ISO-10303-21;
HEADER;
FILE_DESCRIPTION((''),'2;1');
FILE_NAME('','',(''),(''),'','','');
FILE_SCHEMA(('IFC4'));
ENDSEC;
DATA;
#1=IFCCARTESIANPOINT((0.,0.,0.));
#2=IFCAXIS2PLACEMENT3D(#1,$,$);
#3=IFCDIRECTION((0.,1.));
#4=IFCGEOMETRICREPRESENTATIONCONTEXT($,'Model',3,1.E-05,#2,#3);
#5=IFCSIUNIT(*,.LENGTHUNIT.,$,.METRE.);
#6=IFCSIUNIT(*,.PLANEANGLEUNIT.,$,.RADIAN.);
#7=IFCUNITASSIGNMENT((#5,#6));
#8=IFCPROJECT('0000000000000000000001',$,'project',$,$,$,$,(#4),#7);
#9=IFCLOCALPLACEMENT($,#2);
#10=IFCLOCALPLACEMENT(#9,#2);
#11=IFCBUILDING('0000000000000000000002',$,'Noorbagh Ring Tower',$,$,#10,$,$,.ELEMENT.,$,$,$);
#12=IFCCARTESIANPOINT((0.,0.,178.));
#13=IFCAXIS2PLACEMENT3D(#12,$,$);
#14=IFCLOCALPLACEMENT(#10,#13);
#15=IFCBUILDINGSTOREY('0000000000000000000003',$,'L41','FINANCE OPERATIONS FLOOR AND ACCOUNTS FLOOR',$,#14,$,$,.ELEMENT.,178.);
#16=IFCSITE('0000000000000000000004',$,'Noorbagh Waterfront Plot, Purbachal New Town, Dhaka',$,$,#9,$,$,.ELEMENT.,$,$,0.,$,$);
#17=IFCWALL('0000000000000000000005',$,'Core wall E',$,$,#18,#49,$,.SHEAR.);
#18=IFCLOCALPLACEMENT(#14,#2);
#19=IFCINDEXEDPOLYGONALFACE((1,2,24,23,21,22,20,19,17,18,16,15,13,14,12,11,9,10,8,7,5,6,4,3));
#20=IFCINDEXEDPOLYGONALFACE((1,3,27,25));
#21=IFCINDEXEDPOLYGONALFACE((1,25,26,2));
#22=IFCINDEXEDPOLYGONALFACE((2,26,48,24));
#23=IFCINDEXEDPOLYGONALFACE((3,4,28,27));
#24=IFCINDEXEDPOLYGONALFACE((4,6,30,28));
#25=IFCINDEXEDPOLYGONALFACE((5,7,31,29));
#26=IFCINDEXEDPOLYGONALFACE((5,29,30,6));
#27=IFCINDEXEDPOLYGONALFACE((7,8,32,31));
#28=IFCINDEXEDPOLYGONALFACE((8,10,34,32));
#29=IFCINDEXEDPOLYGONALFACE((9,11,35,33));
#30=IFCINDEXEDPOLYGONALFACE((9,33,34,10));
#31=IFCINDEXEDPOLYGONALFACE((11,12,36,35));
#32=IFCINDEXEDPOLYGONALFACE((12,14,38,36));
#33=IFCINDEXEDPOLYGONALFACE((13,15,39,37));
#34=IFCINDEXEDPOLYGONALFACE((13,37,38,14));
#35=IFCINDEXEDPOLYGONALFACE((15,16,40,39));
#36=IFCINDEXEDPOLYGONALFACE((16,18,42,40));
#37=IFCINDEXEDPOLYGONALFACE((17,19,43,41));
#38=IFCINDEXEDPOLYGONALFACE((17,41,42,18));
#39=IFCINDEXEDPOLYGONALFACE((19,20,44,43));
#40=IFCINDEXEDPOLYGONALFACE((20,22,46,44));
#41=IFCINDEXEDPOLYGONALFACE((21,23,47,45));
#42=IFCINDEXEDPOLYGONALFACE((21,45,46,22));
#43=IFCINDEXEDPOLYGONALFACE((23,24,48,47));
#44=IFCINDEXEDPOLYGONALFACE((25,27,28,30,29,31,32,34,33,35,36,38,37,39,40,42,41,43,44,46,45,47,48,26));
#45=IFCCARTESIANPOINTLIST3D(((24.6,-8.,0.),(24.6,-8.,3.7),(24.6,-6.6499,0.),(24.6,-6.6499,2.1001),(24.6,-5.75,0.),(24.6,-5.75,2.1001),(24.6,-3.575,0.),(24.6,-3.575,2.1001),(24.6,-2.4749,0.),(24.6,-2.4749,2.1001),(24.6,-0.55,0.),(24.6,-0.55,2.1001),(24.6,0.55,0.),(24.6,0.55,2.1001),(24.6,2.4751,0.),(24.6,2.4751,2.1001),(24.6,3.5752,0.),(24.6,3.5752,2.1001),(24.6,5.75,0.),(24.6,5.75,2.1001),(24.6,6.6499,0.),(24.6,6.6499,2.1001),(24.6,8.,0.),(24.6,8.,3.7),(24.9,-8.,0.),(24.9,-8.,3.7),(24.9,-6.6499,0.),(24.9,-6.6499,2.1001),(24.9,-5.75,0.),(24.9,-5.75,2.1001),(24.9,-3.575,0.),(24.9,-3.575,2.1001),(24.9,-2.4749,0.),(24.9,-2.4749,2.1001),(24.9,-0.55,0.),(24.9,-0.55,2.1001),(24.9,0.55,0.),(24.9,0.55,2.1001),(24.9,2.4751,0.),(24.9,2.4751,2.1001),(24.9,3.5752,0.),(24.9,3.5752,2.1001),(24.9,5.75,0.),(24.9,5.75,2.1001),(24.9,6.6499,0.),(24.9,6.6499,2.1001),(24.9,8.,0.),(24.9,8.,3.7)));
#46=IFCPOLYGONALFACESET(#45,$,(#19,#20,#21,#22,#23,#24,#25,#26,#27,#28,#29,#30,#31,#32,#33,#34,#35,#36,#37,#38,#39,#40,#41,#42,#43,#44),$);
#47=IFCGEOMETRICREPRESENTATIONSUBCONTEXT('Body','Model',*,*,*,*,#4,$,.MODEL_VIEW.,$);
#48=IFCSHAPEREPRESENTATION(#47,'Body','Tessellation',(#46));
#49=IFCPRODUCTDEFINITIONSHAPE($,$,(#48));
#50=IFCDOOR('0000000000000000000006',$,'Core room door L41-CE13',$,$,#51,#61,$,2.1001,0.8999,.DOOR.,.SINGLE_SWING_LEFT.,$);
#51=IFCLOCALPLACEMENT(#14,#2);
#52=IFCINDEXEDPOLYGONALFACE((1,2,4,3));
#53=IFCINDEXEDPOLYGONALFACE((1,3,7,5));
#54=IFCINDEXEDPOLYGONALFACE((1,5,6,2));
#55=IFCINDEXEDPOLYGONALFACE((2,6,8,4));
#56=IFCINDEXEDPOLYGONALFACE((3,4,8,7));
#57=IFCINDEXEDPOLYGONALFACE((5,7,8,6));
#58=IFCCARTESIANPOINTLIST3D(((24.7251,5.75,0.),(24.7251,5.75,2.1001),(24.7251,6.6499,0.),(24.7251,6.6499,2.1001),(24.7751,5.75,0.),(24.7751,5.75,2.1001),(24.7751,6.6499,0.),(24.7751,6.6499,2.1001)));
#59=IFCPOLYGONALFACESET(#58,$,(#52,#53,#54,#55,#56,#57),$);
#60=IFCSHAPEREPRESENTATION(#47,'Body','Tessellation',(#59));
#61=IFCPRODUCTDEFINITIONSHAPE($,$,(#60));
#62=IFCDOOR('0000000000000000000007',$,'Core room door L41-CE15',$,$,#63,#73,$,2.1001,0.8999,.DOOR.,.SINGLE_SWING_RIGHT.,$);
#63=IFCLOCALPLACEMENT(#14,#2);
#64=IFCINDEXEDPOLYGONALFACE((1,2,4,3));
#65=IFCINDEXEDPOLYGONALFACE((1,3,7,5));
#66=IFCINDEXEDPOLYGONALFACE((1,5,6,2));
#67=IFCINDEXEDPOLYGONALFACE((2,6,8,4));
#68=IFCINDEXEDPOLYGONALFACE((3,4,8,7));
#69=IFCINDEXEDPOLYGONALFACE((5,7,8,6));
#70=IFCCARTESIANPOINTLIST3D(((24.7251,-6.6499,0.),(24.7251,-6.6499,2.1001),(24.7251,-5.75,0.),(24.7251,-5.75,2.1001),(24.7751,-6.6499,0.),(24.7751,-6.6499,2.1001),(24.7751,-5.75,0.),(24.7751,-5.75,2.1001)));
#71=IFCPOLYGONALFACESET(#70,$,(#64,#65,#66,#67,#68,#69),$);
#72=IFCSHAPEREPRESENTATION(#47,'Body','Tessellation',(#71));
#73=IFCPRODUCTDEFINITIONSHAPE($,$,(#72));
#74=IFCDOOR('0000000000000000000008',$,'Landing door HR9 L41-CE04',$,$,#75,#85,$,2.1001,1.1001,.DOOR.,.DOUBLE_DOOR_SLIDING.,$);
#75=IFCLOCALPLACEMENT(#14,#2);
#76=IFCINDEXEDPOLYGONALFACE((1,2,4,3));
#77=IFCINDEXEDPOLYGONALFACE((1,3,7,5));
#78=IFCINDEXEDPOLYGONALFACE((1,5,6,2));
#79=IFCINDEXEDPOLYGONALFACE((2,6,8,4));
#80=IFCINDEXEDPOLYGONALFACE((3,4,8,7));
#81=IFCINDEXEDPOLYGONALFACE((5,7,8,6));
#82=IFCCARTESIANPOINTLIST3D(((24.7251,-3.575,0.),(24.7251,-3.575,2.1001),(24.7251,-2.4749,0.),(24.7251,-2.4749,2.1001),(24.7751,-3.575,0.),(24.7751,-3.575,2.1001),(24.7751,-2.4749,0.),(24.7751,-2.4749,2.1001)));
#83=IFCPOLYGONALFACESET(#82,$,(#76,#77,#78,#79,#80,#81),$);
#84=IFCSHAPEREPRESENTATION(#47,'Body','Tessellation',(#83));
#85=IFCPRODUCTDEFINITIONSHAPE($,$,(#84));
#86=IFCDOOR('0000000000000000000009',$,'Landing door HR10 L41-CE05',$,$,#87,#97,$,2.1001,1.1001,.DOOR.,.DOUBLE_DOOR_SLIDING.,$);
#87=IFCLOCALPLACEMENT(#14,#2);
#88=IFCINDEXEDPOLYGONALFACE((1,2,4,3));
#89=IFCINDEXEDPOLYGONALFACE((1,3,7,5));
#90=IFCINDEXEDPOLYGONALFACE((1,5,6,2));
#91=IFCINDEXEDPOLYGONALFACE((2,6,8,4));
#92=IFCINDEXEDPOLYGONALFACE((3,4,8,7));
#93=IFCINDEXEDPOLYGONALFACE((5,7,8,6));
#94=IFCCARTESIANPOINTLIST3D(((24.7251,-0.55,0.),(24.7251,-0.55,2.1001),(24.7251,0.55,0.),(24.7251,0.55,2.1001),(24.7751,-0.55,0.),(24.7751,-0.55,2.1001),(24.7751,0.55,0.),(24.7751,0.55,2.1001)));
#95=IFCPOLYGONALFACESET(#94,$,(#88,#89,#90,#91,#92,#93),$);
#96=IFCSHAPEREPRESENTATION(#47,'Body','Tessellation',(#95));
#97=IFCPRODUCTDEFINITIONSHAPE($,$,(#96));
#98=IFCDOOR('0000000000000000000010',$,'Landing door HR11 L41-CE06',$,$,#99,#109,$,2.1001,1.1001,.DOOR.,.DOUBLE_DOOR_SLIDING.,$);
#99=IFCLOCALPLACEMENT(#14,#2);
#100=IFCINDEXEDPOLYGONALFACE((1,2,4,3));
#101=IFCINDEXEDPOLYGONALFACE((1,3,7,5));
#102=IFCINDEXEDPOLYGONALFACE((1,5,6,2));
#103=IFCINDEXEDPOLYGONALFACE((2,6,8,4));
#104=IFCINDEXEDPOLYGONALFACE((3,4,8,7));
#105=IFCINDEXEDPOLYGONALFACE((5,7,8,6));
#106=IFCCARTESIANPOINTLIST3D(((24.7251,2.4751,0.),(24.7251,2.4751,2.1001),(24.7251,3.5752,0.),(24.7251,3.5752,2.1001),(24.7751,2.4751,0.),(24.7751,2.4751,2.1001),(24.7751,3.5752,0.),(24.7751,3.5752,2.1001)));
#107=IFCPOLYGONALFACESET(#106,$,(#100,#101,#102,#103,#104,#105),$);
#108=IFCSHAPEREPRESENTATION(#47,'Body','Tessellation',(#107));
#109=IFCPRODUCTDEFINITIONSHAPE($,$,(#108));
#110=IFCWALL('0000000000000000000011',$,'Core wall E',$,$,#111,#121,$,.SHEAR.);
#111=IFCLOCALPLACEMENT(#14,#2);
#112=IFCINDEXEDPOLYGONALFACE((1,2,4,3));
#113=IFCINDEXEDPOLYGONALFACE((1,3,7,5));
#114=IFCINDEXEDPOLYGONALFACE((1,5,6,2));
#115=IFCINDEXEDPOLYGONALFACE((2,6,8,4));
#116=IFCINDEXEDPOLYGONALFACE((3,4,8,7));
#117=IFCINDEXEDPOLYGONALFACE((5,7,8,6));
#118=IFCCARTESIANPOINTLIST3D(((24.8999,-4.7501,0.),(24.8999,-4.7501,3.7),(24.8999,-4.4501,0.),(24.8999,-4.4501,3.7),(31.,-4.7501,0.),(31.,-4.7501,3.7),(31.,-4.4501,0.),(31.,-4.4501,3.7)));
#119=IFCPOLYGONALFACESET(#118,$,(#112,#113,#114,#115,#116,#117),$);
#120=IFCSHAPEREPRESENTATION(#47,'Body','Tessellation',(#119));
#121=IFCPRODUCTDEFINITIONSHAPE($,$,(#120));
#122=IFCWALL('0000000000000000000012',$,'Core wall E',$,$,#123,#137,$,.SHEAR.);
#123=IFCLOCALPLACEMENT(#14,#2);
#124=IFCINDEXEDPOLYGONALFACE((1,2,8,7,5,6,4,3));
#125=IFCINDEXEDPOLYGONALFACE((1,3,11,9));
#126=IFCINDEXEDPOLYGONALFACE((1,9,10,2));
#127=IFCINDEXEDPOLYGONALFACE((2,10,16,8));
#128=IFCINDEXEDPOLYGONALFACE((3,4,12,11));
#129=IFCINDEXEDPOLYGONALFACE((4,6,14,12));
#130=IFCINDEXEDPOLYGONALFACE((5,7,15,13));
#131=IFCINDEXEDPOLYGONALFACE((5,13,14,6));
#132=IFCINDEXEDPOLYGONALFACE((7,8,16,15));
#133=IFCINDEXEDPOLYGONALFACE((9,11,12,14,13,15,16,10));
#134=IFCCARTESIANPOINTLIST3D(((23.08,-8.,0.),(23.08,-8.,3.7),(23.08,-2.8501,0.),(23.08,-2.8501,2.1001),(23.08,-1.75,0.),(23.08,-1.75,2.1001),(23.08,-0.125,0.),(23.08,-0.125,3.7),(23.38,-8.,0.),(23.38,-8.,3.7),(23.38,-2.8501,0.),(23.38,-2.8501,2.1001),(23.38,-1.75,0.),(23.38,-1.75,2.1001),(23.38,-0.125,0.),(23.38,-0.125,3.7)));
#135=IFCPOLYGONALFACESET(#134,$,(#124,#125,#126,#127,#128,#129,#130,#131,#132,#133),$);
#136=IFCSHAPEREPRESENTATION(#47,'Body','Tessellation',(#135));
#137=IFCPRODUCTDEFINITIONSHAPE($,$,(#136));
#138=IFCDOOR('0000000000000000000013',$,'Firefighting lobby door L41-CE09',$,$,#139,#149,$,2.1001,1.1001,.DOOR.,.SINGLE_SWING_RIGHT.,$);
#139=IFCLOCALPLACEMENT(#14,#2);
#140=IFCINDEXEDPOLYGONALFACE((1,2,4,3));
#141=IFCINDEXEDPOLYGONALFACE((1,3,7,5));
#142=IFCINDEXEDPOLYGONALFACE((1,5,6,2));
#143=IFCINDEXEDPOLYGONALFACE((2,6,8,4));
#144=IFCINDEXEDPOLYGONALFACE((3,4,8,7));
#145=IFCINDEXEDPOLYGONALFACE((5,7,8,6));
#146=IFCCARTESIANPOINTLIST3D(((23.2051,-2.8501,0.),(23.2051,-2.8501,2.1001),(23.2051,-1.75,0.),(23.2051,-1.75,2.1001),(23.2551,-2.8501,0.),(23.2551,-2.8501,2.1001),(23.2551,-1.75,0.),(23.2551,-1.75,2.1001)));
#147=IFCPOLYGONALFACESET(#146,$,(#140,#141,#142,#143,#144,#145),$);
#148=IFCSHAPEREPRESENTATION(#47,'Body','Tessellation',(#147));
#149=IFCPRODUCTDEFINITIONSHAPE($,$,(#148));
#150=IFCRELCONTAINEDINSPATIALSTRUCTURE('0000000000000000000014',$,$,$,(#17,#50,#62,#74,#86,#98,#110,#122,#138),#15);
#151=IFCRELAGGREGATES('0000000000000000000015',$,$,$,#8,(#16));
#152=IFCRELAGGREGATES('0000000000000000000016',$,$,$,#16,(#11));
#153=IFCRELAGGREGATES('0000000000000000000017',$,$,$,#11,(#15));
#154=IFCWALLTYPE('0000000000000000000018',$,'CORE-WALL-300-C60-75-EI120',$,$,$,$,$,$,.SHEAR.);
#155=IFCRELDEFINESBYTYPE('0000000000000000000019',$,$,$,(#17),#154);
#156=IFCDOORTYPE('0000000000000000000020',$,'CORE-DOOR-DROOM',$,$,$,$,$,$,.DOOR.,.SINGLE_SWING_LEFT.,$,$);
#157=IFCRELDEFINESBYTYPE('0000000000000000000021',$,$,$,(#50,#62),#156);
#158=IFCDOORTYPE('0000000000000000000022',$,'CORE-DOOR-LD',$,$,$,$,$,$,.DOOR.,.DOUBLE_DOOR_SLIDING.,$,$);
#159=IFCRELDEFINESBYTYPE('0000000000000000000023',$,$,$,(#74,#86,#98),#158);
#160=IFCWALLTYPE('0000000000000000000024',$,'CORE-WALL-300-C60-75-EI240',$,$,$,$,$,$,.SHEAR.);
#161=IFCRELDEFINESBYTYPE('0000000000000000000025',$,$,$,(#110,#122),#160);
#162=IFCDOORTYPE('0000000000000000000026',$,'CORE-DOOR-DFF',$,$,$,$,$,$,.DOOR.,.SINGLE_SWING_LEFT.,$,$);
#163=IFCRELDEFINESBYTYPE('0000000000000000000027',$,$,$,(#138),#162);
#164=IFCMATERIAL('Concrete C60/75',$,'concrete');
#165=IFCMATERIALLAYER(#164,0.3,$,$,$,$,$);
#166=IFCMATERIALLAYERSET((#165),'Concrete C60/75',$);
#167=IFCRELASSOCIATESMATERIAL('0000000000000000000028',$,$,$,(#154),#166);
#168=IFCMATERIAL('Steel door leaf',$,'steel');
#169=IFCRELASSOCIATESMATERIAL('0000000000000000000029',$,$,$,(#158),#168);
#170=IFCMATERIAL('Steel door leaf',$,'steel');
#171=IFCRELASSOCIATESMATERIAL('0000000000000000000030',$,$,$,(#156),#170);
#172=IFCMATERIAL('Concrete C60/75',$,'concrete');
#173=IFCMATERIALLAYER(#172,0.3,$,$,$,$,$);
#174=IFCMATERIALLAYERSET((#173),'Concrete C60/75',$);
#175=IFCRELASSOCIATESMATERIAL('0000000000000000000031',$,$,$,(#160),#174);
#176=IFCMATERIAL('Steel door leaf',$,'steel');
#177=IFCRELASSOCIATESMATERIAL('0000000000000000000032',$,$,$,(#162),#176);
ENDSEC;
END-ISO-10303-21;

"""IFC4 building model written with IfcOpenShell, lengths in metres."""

from ifc_helpers import new_model, si_unit, direction, frame, frame_2d, origin, place, context, subcontext, project, spatial, rectangle, extrude, material, layer, layer_set, type_object, element, fill, save


model = new_model("IFC4")

# Units and contexts
model_context = context("Model", 3, precision=1e-05, world=origin(), true_north=direction((0.0, 1.0)))
body_context = subcontext(model_context, "Body", "Model", "MODEL_VIEW")
ifc_project = project(units=[si_unit("LENGTHUNIT", "METRE"), si_unit("PLANEANGLEUNIT", "RADIAN")], contexts=[model_context])

# Site, building, storey
site_placement = place(None, origin())
site = spatial("IfcSite", under=ifc_project, at=site_placement, Name="Noorbagh Waterfront Plot, Purbachal New Town, Dhaka", CompositionType="ELEMENT", RefElevation=0.0)
building_placement = place(site_placement, origin())
building = spatial("IfcBuilding", under=site, at=building_placement, Name="Noorbagh Ring Tower", CompositionType="ELEMENT")
storey_placement = place(building_placement, frame((0.0, 0.0, 178.0)))
storey = spatial("IfcBuildingStorey", under=building, at=storey_placement, Name="L41", Description="FINANCE OPERATIONS FLOOR AND ACCOUNTS FLOOR", CompositionType="ELEMENT", Elevation=178.0)

# Shared definitions
ifc_material_1 = material(Name="Concrete C60/75", Category="concrete")
ifc_layer_1 = layer(ifc_material_1, 0.3)
ifc_layer_set_1 = layer_set([ifc_layer_1], Name="Concrete C60/75")
wall_type_1 = type_object("IfcWallType", Name="CORE-WALL-300-C60-75-EI120", PredefinedType="SHEAR", material=ifc_layer_set_1)

# Wall, openings, doors
ifc_material_2 = material(Name="Steel door leaf", Category="steel")
door_type_1 = type_object("IfcDoorType", Name="CORE-DOOR-LD", OperationType="DOUBLE_DOOR_SLIDING", PredefinedType="DOOR", material=ifc_material_2)
wall_1_placement = place(storey_placement, frame((24.75, -8.0, 0.0), z_axis=(0.0, 0.0, 1.0), x_axis=(0.0, 1.0, 0.0)))
wall_1 = element("IfcWall", 1, at=wall_1_placement, inside=storey, type_object=wall_type_1, Name="Core wall E", PredefinedType="SHEAR", context=body_context, shape_type="SweptSolid", body=[
    extrude(rectangle(XDim=16.0, YDim=0.3, at=frame_2d((8.0, 0.0))), origin(), (0.0, 0.0, 1.0), 3.7),
])
opening_1_placement = place(wall_1_placement, frame((4.425, 0.0, 0.0)))
opening_1 = element("IfcOpeningElement", 2, at=opening_1_placement, cuts=wall_1, PredefinedType="OPENING", context=body_context, shape_type="SweptSolid", body=[
    extrude(rectangle(XDim=1.1001, YDim=2.1001, at=frame_2d((0.55, 1.05))), frame((0.0, 0.1602, 0.0), z_axis=(0.0, -1.0, 0.0), x_axis=(1.0, 0.0, 0.0)), (0.0, 0.0, 1.0), 0.3201),
])
opening_2_placement = place(wall_1_placement, frame((7.45, 0.0, 0.0)))
opening_2 = element("IfcOpeningElement", 3, at=opening_2_placement, cuts=wall_1, PredefinedType="OPENING", context=body_context, shape_type="SweptSolid", body=[
    extrude(rectangle(XDim=1.1001, YDim=2.1001, at=frame_2d((0.55, 1.05))), frame((0.0, 0.1602, 0.0), z_axis=(0.0, -1.0, 0.0), x_axis=(1.0, 0.0, 0.0)), (0.0, 0.0, 1.0), 0.3201),
])
opening_3_placement = place(wall_1_placement, frame((10.4751, 0.0, 0.0)))
opening_3 = element("IfcOpeningElement", 4, at=opening_3_placement, cuts=wall_1, PredefinedType="OPENING", context=body_context, shape_type="SweptSolid", body=[
    extrude(rectangle(XDim=1.1001, YDim=2.1001, at=frame_2d((0.55, 1.05))), frame((0.0, 0.1602, 0.0), z_axis=(0.0, -1.0, 0.0), x_axis=(1.0, 0.0, 0.0)), (0.0, 0.0, 1.0), 0.3201),
])
opening_4_placement = place(wall_1_placement, frame((13.75, 0.0, 0.0)))
opening_4 = element("IfcOpeningElement", 5, at=opening_4_placement, cuts=wall_1, PredefinedType="OPENING", context=body_context, shape_type="SweptSolid", body=[
    extrude(rectangle(XDim=0.8999, YDim=2.1001, at=frame_2d((0.45, 1.05))), frame((0.0, 0.1602, 0.0), z_axis=(0.0, -1.0, 0.0), x_axis=(1.0, 0.0, 0.0)), (0.0, 0.0, 1.0), 0.3201),
])
opening_5_placement = place(wall_1_placement, frame((1.3501, 0.0, 0.0)))
opening_5 = element("IfcOpeningElement", 6, at=opening_5_placement, cuts=wall_1, PredefinedType="OPENING", context=body_context, shape_type="SweptSolid", body=[
    extrude(rectangle(XDim=0.8999, YDim=2.1001, at=frame_2d((0.45, 1.05))), frame((0.0, 0.1602, 0.0), z_axis=(0.0, -1.0, 0.0), x_axis=(1.0, 0.0, 0.0)), (0.0, 0.0, 1.0), 0.3201),
])
ifc_material_3 = material(Name="Steel door leaf", Category="steel")
door_type_2 = type_object("IfcDoorType", Name="CORE-DOOR-DROOM", OperationType="SINGLE_SWING_LEFT", PredefinedType="DOOR", material=ifc_material_3)
door_1_placement = place(opening_4_placement, origin())
door_1 = element("IfcDoor", 7, at=door_1_placement, inside=storey, type_object=door_type_2, Name="Core room door L41-CE13", OperationType="SINGLE_SWING_LEFT", OverallHeight=2.1001, OverallWidth=0.8999, PredefinedType="DOOR", context=body_context, shape_type="SweptSolid", body=[
    extrude(rectangle(XDim=0.8999, YDim=2.1001, at=frame_2d((0.45, 1.05))), frame((0.0, 0.0249, 0.0), z_axis=(0.0, -1.0, 0.0), x_axis=(1.0, 0.0, 0.0)), (0.0, 0.0, 1.0), 0.05),
])
fill(opening_4, door_1)
door_2_placement = place(opening_5_placement, origin())
door_2 = element("IfcDoor", 8, at=door_2_placement, inside=storey, type_object=door_type_2, Name="Core room door L41-CE15", OperationType="SINGLE_SWING_RIGHT", OverallHeight=2.1001, OverallWidth=0.8999, PredefinedType="DOOR", context=body_context, shape_type="SweptSolid", body=[
    extrude(rectangle(XDim=0.8999, YDim=2.1001, at=frame_2d((0.45, 1.05))), frame((0.0, 0.0249, 0.0), z_axis=(0.0, -1.0, 0.0), x_axis=(1.0, 0.0, 0.0)), (0.0, 0.0, 1.0), 0.05),
])
fill(opening_5, door_2)
door_3_placement = place(opening_1_placement, origin())
door_3 = element("IfcDoor", 9, at=door_3_placement, inside=storey, type_object=door_type_1, Name="Landing door HR9 L41-CE04", OperationType="DOUBLE_DOOR_SLIDING", OverallHeight=2.1001, OverallWidth=1.1001, PredefinedType="DOOR", context=body_context, shape_type="SweptSolid", body=[
    extrude(rectangle(XDim=1.1001, YDim=2.1001, at=frame_2d((0.55, 1.05))), frame((0.0, 0.0249, 0.0), z_axis=(0.0, -1.0, 0.0), x_axis=(1.0, 0.0, 0.0)), (0.0, 0.0, 1.0), 0.05),
])
fill(opening_1, door_3)
door_4_placement = place(opening_2_placement, origin())
door_4 = element("IfcDoor", 10, at=door_4_placement, inside=storey, type_object=door_type_1, Name="Landing door HR10 L41-CE05", OperationType="DOUBLE_DOOR_SLIDING", OverallHeight=2.1001, OverallWidth=1.1001, PredefinedType="DOOR", context=body_context, shape_type="SweptSolid", body=[
    extrude(rectangle(XDim=1.1001, YDim=2.1001, at=frame_2d((0.55, 1.05))), frame((0.0, 0.0249, 0.0), z_axis=(0.0, -1.0, 0.0), x_axis=(1.0, 0.0, 0.0)), (0.0, 0.0, 1.0), 0.05),
])
fill(opening_2, door_4)
door_5_placement = place(opening_3_placement, origin())
door_5 = element("IfcDoor", 11, at=door_5_placement, inside=storey, type_object=door_type_1, Name="Landing door HR11 L41-CE06", OperationType="DOUBLE_DOOR_SLIDING", OverallHeight=2.1001, OverallWidth=1.1001, PredefinedType="DOOR", context=body_context, shape_type="SweptSolid", body=[
    extrude(rectangle(XDim=1.1001, YDim=2.1001, at=frame_2d((0.55, 1.05))), frame((0.0, 0.0249, 0.0), z_axis=(0.0, -1.0, 0.0), x_axis=(1.0, 0.0, 0.0)), (0.0, 0.0, 1.0), 0.05),
])
fill(opening_3, door_5)

# Wall
ifc_material_4 = material(Name="Concrete C60/75", Category="concrete")
ifc_layer_2 = layer(ifc_material_4, 0.3)
ifc_layer_set_2 = layer_set([ifc_layer_2], Name="Concrete C60/75")
wall_type_2 = type_object("IfcWallType", Name="CORE-WALL-300-C60-75-EI240", PredefinedType="SHEAR", material=ifc_layer_set_2)
wall_2_placement = place(storey_placement, frame((24.8999, -4.6001, 0.0), z_axis=(0.0, 0.0, 1.0), x_axis=(1.0, 0.0, 0.0)))
element("IfcWall", 12, at=wall_2_placement, inside=storey, type_object=wall_type_2, Name="Core wall E", PredefinedType="SHEAR", context=body_context, shape_type="SweptSolid", body=[
    extrude(rectangle(XDim=6.1001, YDim=0.3, at=frame_2d((3.05, 0.0))), origin(), (0.0, 0.0, 1.0), 3.7),
])

# Wall, opening, door
wall_3_placement = place(storey_placement, frame((23.23, -8.0, 0.0), z_axis=(0.0, 0.0, 1.0), x_axis=(0.0, 1.0, 0.0)))
wall_3 = element("IfcWall", 13, at=wall_3_placement, inside=storey, type_object=wall_type_2, Name="Core wall E", PredefinedType="SHEAR", context=body_context, shape_type="SweptSolid", body=[
    extrude(rectangle(XDim=7.875, YDim=0.3, at=frame_2d((3.9375, 0.0))), origin(), (0.0, 0.0, 1.0), 3.7),
])
opening_6_placement = place(wall_3_placement, frame((5.1499, 0.0, 0.0)))
opening_6 = element("IfcOpeningElement", 14, at=opening_6_placement, cuts=wall_3, PredefinedType="OPENING", context=body_context, shape_type="SweptSolid", body=[
    extrude(rectangle(XDim=1.1001, YDim=2.1001, at=frame_2d((0.55, 1.05))), frame((0.0, 0.1602, 0.0), z_axis=(0.0, -1.0, 0.0), x_axis=(1.0, 0.0, 0.0)), (0.0, 0.0, 1.0), 0.3201),
])
ifc_material_5 = material(Name="Steel door leaf", Category="steel")
door_type_3 = type_object("IfcDoorType", Name="CORE-DOOR-DFF", OperationType="SINGLE_SWING_LEFT", PredefinedType="DOOR", material=ifc_material_5)
door_6_placement = place(opening_6_placement, origin())
door_6 = element("IfcDoor", 15, at=door_6_placement, inside=storey, type_object=door_type_3, Name="Firefighting lobby door L41-CE09", OperationType="SINGLE_SWING_RIGHT", OverallHeight=2.1001, OverallWidth=1.1001, PredefinedType="DOOR", context=body_context, shape_type="SweptSolid", body=[
    extrude(rectangle(XDim=1.1001, YDim=2.1001, at=frame_2d((0.55, 1.05))), frame((0.0, 0.0249, 0.0), z_axis=(0.0, -1.0, 0.0), x_axis=(1.0, 0.0, 0.0)), (0.0, 0.0, 1.0), 0.05),
])
fill(opening_6, door_6)

save(model, "model.ifc")
